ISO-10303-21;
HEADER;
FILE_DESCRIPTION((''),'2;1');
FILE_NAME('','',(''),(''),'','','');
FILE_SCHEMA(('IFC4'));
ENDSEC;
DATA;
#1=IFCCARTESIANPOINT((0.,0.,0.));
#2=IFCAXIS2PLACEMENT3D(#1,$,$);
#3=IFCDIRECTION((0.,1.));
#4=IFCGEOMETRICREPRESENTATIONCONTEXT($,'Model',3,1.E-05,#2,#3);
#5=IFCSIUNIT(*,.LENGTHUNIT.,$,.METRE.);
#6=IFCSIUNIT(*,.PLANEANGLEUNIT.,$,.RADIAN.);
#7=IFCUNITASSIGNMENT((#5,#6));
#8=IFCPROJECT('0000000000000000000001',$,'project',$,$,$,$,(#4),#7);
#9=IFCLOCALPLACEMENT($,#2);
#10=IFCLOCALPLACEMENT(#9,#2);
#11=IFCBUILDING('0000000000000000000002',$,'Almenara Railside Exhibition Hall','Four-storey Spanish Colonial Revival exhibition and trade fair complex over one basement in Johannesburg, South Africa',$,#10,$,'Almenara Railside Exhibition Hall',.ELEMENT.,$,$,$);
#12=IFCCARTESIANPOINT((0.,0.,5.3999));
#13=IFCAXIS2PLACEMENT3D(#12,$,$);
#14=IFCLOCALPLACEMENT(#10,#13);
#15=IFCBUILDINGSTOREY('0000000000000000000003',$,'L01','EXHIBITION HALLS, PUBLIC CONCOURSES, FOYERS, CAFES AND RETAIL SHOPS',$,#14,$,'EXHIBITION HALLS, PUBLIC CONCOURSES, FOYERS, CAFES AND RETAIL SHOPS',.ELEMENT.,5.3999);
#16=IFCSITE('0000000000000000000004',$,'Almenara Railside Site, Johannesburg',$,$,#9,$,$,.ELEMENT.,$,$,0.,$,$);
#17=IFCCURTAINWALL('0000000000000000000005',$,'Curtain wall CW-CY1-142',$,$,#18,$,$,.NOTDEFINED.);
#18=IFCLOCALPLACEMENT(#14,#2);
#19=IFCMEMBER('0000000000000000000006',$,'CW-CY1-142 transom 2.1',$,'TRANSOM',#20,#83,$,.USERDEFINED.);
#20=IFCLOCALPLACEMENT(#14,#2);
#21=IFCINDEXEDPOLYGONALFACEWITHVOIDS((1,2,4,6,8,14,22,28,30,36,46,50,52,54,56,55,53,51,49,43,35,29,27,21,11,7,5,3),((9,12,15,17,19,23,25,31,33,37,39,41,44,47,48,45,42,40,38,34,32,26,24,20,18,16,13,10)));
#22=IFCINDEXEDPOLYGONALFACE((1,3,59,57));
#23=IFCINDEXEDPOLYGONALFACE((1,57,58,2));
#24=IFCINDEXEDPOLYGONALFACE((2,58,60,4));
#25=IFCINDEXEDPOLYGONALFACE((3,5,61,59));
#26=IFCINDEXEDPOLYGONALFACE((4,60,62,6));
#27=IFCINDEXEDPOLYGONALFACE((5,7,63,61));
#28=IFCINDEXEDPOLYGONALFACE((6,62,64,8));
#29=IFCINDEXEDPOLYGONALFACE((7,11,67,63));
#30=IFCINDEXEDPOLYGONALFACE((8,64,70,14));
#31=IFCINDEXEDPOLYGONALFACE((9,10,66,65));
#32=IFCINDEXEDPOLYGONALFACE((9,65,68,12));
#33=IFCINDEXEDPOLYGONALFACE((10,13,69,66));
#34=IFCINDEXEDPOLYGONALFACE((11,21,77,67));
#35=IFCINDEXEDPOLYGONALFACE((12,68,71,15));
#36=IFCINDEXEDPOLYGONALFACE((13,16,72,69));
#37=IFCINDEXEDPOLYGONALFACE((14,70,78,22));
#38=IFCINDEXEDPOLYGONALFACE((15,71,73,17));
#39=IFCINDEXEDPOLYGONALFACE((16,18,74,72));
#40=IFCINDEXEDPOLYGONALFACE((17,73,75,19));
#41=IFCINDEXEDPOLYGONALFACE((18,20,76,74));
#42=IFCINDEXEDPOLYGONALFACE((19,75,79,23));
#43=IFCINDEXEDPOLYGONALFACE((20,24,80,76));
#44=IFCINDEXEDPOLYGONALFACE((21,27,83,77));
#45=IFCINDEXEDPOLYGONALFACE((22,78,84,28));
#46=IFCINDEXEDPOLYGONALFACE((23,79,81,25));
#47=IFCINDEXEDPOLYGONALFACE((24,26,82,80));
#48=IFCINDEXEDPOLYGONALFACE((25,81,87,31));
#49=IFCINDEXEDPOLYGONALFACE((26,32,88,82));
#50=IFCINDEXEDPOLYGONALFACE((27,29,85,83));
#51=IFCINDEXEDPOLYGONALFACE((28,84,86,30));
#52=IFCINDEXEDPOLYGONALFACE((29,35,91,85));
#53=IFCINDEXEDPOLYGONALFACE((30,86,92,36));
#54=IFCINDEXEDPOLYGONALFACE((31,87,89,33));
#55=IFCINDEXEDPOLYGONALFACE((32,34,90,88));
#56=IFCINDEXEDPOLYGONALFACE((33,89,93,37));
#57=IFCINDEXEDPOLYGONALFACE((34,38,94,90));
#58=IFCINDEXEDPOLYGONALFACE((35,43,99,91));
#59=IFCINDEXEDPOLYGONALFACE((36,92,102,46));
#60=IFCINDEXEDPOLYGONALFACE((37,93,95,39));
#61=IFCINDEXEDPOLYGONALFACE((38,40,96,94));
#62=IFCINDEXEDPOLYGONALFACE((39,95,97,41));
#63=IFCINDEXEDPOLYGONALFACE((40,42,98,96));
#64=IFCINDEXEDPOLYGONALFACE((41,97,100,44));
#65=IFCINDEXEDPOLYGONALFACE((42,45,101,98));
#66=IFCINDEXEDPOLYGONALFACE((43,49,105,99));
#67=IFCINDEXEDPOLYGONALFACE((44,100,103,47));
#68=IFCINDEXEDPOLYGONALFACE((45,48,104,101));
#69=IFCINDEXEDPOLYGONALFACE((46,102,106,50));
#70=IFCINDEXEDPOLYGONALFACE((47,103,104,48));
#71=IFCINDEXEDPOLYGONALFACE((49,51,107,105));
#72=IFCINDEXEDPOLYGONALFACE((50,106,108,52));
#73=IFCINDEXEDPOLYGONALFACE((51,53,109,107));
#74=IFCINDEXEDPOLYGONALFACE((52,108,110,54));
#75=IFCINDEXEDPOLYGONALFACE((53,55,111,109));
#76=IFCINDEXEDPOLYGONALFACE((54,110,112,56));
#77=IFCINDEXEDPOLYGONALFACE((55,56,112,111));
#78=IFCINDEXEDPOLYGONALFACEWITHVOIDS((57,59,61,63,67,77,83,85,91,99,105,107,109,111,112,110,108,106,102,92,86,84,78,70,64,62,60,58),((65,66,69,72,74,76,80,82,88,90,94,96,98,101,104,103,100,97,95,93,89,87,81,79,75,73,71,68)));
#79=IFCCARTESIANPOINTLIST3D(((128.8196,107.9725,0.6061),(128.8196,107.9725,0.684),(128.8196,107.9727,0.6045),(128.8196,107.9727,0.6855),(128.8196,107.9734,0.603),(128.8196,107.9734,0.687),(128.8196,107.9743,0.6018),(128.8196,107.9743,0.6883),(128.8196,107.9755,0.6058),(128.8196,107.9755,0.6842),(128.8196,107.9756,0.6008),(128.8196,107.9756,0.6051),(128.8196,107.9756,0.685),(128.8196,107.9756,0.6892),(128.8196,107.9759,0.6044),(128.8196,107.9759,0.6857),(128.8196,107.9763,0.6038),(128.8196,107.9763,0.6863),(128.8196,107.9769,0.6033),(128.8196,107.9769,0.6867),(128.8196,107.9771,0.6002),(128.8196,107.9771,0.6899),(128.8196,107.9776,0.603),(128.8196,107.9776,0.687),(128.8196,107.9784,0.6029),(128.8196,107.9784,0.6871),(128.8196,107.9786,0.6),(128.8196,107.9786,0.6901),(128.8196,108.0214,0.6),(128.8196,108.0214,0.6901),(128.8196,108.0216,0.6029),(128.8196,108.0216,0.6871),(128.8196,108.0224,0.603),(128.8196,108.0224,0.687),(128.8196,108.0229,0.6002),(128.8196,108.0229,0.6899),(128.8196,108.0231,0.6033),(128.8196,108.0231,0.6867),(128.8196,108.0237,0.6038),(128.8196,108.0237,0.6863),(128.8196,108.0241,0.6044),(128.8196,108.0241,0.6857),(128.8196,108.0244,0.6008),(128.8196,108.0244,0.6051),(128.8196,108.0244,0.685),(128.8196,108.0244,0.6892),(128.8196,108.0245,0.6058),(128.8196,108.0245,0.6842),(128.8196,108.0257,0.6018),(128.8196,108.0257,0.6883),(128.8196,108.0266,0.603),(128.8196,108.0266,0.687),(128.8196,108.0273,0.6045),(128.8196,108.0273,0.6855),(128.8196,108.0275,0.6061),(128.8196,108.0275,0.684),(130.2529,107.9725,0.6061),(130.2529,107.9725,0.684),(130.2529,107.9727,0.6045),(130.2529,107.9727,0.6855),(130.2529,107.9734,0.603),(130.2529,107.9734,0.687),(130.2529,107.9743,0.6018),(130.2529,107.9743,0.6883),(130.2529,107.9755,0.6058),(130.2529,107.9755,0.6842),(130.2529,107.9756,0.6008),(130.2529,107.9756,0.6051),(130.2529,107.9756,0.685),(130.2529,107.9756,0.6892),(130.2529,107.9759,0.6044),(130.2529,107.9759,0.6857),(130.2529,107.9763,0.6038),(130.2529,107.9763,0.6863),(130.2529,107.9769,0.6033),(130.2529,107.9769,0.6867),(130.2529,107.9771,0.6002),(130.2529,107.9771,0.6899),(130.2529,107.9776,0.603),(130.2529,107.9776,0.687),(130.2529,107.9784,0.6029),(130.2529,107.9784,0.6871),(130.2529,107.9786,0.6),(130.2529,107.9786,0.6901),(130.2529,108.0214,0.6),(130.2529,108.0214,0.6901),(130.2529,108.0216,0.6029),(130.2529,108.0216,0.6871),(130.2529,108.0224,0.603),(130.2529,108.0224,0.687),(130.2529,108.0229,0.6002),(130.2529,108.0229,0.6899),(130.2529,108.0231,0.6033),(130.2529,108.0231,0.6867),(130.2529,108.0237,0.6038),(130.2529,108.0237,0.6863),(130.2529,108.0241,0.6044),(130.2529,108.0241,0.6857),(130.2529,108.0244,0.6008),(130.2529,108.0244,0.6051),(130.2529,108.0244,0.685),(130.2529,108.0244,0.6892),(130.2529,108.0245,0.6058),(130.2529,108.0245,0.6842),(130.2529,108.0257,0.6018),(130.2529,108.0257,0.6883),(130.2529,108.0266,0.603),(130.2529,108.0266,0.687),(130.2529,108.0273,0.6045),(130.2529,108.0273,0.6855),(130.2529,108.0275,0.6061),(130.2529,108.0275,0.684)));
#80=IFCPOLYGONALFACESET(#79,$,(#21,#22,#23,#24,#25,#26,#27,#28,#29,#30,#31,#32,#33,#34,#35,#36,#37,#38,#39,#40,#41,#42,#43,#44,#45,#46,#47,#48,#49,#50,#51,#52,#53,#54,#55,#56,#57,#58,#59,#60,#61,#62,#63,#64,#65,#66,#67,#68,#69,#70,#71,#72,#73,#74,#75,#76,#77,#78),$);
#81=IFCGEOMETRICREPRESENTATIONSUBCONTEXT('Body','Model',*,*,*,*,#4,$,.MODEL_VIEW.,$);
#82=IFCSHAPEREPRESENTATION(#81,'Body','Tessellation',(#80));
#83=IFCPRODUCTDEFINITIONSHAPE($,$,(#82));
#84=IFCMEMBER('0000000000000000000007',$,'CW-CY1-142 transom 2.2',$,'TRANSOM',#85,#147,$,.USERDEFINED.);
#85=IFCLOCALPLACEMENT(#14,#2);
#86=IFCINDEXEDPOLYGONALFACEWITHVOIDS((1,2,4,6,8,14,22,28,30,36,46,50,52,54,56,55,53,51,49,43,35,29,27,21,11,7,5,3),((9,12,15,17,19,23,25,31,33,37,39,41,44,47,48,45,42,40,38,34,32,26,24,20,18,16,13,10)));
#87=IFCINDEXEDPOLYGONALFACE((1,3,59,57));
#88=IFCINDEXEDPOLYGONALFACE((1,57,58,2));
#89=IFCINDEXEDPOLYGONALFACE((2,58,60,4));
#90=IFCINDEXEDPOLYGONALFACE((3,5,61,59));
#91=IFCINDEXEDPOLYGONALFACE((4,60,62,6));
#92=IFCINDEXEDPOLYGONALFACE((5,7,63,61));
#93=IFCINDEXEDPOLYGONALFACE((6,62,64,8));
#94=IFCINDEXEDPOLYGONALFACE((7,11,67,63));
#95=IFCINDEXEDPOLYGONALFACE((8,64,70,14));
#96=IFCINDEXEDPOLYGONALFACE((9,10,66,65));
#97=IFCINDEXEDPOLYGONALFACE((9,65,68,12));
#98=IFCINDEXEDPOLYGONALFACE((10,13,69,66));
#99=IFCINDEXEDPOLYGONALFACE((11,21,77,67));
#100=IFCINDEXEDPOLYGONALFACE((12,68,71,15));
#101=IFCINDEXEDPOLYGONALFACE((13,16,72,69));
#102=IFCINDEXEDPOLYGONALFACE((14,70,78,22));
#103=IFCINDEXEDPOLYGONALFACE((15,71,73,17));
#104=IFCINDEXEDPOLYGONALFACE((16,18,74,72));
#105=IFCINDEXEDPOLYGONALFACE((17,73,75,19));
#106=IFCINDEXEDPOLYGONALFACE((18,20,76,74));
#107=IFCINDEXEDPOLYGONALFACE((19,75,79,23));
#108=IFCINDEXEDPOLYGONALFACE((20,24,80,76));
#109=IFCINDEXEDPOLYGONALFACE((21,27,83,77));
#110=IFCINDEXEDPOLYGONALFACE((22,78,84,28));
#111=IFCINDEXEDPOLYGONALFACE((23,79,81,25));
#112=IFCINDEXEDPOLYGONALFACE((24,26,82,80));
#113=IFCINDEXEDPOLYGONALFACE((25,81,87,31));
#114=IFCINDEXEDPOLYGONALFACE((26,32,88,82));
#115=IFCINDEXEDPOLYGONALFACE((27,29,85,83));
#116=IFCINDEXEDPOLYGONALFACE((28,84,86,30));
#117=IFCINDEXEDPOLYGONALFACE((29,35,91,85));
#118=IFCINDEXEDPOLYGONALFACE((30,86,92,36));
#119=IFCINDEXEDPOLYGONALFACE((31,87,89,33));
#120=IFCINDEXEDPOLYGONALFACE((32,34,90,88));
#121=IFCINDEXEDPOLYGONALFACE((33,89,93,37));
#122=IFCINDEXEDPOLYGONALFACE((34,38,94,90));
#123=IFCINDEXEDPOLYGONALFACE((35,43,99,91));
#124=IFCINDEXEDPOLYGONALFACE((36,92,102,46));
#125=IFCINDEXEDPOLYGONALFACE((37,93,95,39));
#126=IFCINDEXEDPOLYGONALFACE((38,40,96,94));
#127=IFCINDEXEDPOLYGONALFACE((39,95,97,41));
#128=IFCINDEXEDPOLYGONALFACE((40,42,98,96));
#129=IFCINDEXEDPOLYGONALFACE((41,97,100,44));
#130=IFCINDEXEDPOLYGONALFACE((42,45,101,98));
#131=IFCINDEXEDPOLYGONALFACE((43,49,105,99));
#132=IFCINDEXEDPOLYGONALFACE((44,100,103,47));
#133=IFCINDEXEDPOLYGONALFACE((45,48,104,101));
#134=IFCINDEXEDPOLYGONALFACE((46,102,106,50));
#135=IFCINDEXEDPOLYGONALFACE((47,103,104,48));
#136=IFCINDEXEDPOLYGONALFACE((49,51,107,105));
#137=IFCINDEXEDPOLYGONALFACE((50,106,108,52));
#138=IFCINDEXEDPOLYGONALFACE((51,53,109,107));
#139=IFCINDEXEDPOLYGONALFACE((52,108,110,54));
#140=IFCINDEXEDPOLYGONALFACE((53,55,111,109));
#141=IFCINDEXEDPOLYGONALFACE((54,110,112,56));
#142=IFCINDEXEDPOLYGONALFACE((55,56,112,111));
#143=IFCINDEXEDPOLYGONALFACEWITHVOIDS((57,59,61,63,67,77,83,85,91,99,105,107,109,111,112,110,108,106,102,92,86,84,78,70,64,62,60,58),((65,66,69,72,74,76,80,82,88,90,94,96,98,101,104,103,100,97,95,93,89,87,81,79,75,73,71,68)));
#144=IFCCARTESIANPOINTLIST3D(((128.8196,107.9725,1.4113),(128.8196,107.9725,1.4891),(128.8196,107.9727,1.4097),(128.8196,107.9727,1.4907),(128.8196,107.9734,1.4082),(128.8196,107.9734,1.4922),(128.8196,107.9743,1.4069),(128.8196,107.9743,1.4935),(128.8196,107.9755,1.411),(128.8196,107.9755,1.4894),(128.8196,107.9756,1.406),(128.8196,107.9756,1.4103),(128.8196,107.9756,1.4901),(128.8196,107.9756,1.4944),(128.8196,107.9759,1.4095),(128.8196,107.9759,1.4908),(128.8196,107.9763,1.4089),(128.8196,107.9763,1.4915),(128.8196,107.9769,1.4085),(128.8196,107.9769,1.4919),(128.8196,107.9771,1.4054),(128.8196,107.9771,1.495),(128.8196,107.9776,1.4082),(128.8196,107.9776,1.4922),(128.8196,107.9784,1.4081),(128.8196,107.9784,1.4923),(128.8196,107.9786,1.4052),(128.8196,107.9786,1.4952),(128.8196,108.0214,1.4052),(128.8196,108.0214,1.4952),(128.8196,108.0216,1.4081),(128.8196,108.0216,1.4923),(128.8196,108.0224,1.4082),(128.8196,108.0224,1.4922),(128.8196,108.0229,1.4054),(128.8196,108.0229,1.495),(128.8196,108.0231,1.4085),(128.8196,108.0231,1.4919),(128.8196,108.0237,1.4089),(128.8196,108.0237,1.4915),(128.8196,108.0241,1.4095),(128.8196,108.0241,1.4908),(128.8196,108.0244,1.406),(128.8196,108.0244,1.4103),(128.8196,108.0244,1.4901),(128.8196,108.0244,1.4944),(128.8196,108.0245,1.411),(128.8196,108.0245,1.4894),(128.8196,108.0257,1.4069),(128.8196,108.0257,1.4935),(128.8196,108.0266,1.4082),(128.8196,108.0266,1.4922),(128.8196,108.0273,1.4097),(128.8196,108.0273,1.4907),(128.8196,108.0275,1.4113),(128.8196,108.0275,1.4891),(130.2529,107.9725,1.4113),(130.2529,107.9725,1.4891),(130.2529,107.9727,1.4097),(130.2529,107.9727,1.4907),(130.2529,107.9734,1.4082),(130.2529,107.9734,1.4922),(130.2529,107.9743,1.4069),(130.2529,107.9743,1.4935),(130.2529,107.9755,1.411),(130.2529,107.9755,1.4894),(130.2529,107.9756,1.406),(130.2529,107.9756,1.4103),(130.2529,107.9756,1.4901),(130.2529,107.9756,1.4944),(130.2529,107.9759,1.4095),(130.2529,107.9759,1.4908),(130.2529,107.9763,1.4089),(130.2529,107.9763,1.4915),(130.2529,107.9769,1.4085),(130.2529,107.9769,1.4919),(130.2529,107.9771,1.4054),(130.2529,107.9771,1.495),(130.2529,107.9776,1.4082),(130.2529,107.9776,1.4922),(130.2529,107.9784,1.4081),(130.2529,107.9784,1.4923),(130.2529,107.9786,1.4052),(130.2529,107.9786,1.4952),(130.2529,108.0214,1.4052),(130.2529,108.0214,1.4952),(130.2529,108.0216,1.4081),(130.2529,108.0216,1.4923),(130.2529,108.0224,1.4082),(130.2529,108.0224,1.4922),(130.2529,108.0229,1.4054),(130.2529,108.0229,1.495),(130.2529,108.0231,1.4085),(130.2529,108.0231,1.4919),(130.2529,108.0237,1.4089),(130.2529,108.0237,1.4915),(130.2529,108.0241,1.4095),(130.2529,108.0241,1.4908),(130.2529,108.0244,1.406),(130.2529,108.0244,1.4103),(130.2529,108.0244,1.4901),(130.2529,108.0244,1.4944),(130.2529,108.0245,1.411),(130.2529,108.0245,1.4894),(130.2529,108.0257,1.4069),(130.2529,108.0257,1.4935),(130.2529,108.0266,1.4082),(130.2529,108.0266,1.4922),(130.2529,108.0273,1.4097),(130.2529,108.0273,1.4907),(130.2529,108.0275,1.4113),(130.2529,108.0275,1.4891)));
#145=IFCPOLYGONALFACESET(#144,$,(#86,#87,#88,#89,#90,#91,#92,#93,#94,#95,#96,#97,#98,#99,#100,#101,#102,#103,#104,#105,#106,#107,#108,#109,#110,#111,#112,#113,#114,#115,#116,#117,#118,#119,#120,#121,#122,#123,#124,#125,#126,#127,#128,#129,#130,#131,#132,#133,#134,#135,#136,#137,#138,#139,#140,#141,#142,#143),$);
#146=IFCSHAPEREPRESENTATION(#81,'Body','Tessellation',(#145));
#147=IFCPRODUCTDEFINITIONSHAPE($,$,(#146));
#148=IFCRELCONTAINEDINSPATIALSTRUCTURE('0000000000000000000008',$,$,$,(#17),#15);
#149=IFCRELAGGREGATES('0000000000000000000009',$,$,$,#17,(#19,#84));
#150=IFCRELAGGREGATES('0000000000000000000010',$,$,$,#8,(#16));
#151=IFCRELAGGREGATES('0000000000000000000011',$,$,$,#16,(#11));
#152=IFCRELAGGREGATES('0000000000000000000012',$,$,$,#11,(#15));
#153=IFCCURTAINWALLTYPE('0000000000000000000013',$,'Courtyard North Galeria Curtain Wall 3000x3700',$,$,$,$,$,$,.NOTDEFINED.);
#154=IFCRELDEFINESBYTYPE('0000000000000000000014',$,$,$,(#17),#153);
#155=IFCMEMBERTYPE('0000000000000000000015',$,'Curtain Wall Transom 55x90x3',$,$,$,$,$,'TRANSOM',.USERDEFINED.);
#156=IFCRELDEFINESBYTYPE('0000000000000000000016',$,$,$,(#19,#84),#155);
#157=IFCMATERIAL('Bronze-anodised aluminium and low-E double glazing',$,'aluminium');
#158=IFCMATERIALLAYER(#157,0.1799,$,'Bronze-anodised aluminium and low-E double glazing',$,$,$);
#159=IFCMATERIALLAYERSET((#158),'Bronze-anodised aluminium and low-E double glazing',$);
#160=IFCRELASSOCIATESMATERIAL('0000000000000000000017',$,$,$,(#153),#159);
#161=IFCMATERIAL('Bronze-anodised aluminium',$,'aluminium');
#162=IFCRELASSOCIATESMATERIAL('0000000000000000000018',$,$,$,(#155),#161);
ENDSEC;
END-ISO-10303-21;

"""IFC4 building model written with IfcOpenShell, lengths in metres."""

from ifc_helpers import new_model, si_unit, direction, frame, origin, origin_2d, place, context, subcontext, project, spatial, hollow_rectangle, extrude, material, layer, layer_set, material_profile, profile_set, type_object, element, aggregate, save


model = new_model("IFC4")

# Units and contexts
model_context = context("Model", 3, precision=1e-05, world=origin(), true_north=direction((0.0, 1.0)))
body_context = subcontext(model_context, "Body", "Model", "MODEL_VIEW")
ifc_project = project(units=[si_unit("LENGTHUNIT", "METRE"), si_unit("PLANEANGLEUNIT", "RADIAN")], contexts=[model_context])

# Site, building, storey
site_placement = place(None, origin())
site = spatial("IfcSite", under=ifc_project, at=site_placement, Name="Almenara Railside Site, Johannesburg", CompositionType="ELEMENT", RefElevation=0.0)
building_placement = place(site_placement, origin())
building = spatial("IfcBuilding", under=site, at=building_placement, Name="Almenara Railside Exhibition Hall", Description="Four-storey Spanish Colonial Revival exhibition and trade fair complex over one basement in Johannesburg, South Africa", LongName="Almenara Railside Exhibition Hall", CompositionType="ELEMENT")
storey_placement = place(building_placement, frame((0.0, 0.0, 5.3999)))
storey = spatial("IfcBuildingStorey", under=building, at=storey_placement, Name="L01", Description="EXHIBITION HALLS, PUBLIC CONCOURSES, FOYERS, CAFES AND RETAIL SHOPS", LongName="EXHIBITION HALLS, PUBLIC CONCOURSES, FOYERS, CAFES AND RETAIL SHOPS", CompositionType="ELEMENT", Elevation=5.3999)

# Curtain wall
ifc_material_1 = material(Name="Bronze-anodised aluminium and low-E double glazing", Category="aluminium")
ifc_layer_1 = layer(ifc_material_1, 0.1799, Name="Bronze-anodised aluminium and low-E double glazing")
ifc_layer_set_1 = layer_set([ifc_layer_1], Name="Bronze-anodised aluminium and low-E double glazing")
curtain_wall_type = type_object("IfcCurtainWallType", Name="Courtyard North Galeria Curtain Wall 3000x3700", PredefinedType="NOTDEFINED", material=ifc_layer_set_1)
curtain_wall_1_placement = place(storey_placement, origin())
curtain_wall_1 = element("IfcCurtainWall", 1, at=curtain_wall_1_placement, inside=storey, type_object=curtain_wall_type, Name="Curtain wall CW-CY1-142", PredefinedType="NOTDEFINED")
ifc_material_2 = material(Name="Bronze-anodised aluminium", Category="aluminium")

# Members
ifc_material_profile_1 = material_profile(ifc_material_2, hollow_rectangle(XDim=0.0549, YDim=0.0901, WallThickness=0.0029, InnerFilletRadius=0.0029, OuterFilletRadius=0.0061, at=origin_2d()), Name="ALU-TRN 55x90x3")
ifc_profile_set_1 = profile_set([ifc_material_profile_1], Name="Bronze-anodised aluminium")
member_type_1 = type_object("IfcMemberType", Name="Curtain Wall Transom 55x90x3", ElementType="TRANSOM", PredefinedType="USERDEFINED", material=ifc_profile_set_1)
member_1_placement = place(storey_placement, frame((128.8196, 108.0, 0.645), z_axis=(1.0, 0.0, 0.0), x_axis=(0.0, 1.0, 0.0)))
member_1 = element("IfcMember", 2, at=member_1_placement, type_object=member_type_1, Name="CW-CY1-142 transom 2.1", ObjectType="TRANSOM", PredefinedType="USERDEFINED", context=body_context, shape_type="SweptSolid", body=[
    extrude(hollow_rectangle(XDim=0.0549, YDim=0.0901, WallThickness=0.0029, InnerFilletRadius=0.0029, OuterFilletRadius=0.0061, at=origin_2d()), origin(), (0.0, 0.0, 1.0), 1.4333),
])
member_2_placement = place(storey_placement, frame((128.8196, 108.0, 1.4502), z_axis=(1.0, 0.0, 0.0), x_axis=(0.0, 1.0, 0.0)))
member_2 = element("IfcMember", 3, at=member_2_placement, type_object=member_type_1, Name="CW-CY1-142 transom 2.2", ObjectType="TRANSOM", PredefinedType="USERDEFINED", context=body_context, shape_type="SweptSolid", body=[
    extrude(hollow_rectangle(XDim=0.0549, YDim=0.0901, WallThickness=0.0029, InnerFilletRadius=0.0029, OuterFilletRadius=0.0061, at=origin_2d()), origin(), (0.0, 0.0, 1.0), 1.4333),
])

aggregate(curtain_wall_1, [member_1, member_2])

save(model, "model.ifc")
